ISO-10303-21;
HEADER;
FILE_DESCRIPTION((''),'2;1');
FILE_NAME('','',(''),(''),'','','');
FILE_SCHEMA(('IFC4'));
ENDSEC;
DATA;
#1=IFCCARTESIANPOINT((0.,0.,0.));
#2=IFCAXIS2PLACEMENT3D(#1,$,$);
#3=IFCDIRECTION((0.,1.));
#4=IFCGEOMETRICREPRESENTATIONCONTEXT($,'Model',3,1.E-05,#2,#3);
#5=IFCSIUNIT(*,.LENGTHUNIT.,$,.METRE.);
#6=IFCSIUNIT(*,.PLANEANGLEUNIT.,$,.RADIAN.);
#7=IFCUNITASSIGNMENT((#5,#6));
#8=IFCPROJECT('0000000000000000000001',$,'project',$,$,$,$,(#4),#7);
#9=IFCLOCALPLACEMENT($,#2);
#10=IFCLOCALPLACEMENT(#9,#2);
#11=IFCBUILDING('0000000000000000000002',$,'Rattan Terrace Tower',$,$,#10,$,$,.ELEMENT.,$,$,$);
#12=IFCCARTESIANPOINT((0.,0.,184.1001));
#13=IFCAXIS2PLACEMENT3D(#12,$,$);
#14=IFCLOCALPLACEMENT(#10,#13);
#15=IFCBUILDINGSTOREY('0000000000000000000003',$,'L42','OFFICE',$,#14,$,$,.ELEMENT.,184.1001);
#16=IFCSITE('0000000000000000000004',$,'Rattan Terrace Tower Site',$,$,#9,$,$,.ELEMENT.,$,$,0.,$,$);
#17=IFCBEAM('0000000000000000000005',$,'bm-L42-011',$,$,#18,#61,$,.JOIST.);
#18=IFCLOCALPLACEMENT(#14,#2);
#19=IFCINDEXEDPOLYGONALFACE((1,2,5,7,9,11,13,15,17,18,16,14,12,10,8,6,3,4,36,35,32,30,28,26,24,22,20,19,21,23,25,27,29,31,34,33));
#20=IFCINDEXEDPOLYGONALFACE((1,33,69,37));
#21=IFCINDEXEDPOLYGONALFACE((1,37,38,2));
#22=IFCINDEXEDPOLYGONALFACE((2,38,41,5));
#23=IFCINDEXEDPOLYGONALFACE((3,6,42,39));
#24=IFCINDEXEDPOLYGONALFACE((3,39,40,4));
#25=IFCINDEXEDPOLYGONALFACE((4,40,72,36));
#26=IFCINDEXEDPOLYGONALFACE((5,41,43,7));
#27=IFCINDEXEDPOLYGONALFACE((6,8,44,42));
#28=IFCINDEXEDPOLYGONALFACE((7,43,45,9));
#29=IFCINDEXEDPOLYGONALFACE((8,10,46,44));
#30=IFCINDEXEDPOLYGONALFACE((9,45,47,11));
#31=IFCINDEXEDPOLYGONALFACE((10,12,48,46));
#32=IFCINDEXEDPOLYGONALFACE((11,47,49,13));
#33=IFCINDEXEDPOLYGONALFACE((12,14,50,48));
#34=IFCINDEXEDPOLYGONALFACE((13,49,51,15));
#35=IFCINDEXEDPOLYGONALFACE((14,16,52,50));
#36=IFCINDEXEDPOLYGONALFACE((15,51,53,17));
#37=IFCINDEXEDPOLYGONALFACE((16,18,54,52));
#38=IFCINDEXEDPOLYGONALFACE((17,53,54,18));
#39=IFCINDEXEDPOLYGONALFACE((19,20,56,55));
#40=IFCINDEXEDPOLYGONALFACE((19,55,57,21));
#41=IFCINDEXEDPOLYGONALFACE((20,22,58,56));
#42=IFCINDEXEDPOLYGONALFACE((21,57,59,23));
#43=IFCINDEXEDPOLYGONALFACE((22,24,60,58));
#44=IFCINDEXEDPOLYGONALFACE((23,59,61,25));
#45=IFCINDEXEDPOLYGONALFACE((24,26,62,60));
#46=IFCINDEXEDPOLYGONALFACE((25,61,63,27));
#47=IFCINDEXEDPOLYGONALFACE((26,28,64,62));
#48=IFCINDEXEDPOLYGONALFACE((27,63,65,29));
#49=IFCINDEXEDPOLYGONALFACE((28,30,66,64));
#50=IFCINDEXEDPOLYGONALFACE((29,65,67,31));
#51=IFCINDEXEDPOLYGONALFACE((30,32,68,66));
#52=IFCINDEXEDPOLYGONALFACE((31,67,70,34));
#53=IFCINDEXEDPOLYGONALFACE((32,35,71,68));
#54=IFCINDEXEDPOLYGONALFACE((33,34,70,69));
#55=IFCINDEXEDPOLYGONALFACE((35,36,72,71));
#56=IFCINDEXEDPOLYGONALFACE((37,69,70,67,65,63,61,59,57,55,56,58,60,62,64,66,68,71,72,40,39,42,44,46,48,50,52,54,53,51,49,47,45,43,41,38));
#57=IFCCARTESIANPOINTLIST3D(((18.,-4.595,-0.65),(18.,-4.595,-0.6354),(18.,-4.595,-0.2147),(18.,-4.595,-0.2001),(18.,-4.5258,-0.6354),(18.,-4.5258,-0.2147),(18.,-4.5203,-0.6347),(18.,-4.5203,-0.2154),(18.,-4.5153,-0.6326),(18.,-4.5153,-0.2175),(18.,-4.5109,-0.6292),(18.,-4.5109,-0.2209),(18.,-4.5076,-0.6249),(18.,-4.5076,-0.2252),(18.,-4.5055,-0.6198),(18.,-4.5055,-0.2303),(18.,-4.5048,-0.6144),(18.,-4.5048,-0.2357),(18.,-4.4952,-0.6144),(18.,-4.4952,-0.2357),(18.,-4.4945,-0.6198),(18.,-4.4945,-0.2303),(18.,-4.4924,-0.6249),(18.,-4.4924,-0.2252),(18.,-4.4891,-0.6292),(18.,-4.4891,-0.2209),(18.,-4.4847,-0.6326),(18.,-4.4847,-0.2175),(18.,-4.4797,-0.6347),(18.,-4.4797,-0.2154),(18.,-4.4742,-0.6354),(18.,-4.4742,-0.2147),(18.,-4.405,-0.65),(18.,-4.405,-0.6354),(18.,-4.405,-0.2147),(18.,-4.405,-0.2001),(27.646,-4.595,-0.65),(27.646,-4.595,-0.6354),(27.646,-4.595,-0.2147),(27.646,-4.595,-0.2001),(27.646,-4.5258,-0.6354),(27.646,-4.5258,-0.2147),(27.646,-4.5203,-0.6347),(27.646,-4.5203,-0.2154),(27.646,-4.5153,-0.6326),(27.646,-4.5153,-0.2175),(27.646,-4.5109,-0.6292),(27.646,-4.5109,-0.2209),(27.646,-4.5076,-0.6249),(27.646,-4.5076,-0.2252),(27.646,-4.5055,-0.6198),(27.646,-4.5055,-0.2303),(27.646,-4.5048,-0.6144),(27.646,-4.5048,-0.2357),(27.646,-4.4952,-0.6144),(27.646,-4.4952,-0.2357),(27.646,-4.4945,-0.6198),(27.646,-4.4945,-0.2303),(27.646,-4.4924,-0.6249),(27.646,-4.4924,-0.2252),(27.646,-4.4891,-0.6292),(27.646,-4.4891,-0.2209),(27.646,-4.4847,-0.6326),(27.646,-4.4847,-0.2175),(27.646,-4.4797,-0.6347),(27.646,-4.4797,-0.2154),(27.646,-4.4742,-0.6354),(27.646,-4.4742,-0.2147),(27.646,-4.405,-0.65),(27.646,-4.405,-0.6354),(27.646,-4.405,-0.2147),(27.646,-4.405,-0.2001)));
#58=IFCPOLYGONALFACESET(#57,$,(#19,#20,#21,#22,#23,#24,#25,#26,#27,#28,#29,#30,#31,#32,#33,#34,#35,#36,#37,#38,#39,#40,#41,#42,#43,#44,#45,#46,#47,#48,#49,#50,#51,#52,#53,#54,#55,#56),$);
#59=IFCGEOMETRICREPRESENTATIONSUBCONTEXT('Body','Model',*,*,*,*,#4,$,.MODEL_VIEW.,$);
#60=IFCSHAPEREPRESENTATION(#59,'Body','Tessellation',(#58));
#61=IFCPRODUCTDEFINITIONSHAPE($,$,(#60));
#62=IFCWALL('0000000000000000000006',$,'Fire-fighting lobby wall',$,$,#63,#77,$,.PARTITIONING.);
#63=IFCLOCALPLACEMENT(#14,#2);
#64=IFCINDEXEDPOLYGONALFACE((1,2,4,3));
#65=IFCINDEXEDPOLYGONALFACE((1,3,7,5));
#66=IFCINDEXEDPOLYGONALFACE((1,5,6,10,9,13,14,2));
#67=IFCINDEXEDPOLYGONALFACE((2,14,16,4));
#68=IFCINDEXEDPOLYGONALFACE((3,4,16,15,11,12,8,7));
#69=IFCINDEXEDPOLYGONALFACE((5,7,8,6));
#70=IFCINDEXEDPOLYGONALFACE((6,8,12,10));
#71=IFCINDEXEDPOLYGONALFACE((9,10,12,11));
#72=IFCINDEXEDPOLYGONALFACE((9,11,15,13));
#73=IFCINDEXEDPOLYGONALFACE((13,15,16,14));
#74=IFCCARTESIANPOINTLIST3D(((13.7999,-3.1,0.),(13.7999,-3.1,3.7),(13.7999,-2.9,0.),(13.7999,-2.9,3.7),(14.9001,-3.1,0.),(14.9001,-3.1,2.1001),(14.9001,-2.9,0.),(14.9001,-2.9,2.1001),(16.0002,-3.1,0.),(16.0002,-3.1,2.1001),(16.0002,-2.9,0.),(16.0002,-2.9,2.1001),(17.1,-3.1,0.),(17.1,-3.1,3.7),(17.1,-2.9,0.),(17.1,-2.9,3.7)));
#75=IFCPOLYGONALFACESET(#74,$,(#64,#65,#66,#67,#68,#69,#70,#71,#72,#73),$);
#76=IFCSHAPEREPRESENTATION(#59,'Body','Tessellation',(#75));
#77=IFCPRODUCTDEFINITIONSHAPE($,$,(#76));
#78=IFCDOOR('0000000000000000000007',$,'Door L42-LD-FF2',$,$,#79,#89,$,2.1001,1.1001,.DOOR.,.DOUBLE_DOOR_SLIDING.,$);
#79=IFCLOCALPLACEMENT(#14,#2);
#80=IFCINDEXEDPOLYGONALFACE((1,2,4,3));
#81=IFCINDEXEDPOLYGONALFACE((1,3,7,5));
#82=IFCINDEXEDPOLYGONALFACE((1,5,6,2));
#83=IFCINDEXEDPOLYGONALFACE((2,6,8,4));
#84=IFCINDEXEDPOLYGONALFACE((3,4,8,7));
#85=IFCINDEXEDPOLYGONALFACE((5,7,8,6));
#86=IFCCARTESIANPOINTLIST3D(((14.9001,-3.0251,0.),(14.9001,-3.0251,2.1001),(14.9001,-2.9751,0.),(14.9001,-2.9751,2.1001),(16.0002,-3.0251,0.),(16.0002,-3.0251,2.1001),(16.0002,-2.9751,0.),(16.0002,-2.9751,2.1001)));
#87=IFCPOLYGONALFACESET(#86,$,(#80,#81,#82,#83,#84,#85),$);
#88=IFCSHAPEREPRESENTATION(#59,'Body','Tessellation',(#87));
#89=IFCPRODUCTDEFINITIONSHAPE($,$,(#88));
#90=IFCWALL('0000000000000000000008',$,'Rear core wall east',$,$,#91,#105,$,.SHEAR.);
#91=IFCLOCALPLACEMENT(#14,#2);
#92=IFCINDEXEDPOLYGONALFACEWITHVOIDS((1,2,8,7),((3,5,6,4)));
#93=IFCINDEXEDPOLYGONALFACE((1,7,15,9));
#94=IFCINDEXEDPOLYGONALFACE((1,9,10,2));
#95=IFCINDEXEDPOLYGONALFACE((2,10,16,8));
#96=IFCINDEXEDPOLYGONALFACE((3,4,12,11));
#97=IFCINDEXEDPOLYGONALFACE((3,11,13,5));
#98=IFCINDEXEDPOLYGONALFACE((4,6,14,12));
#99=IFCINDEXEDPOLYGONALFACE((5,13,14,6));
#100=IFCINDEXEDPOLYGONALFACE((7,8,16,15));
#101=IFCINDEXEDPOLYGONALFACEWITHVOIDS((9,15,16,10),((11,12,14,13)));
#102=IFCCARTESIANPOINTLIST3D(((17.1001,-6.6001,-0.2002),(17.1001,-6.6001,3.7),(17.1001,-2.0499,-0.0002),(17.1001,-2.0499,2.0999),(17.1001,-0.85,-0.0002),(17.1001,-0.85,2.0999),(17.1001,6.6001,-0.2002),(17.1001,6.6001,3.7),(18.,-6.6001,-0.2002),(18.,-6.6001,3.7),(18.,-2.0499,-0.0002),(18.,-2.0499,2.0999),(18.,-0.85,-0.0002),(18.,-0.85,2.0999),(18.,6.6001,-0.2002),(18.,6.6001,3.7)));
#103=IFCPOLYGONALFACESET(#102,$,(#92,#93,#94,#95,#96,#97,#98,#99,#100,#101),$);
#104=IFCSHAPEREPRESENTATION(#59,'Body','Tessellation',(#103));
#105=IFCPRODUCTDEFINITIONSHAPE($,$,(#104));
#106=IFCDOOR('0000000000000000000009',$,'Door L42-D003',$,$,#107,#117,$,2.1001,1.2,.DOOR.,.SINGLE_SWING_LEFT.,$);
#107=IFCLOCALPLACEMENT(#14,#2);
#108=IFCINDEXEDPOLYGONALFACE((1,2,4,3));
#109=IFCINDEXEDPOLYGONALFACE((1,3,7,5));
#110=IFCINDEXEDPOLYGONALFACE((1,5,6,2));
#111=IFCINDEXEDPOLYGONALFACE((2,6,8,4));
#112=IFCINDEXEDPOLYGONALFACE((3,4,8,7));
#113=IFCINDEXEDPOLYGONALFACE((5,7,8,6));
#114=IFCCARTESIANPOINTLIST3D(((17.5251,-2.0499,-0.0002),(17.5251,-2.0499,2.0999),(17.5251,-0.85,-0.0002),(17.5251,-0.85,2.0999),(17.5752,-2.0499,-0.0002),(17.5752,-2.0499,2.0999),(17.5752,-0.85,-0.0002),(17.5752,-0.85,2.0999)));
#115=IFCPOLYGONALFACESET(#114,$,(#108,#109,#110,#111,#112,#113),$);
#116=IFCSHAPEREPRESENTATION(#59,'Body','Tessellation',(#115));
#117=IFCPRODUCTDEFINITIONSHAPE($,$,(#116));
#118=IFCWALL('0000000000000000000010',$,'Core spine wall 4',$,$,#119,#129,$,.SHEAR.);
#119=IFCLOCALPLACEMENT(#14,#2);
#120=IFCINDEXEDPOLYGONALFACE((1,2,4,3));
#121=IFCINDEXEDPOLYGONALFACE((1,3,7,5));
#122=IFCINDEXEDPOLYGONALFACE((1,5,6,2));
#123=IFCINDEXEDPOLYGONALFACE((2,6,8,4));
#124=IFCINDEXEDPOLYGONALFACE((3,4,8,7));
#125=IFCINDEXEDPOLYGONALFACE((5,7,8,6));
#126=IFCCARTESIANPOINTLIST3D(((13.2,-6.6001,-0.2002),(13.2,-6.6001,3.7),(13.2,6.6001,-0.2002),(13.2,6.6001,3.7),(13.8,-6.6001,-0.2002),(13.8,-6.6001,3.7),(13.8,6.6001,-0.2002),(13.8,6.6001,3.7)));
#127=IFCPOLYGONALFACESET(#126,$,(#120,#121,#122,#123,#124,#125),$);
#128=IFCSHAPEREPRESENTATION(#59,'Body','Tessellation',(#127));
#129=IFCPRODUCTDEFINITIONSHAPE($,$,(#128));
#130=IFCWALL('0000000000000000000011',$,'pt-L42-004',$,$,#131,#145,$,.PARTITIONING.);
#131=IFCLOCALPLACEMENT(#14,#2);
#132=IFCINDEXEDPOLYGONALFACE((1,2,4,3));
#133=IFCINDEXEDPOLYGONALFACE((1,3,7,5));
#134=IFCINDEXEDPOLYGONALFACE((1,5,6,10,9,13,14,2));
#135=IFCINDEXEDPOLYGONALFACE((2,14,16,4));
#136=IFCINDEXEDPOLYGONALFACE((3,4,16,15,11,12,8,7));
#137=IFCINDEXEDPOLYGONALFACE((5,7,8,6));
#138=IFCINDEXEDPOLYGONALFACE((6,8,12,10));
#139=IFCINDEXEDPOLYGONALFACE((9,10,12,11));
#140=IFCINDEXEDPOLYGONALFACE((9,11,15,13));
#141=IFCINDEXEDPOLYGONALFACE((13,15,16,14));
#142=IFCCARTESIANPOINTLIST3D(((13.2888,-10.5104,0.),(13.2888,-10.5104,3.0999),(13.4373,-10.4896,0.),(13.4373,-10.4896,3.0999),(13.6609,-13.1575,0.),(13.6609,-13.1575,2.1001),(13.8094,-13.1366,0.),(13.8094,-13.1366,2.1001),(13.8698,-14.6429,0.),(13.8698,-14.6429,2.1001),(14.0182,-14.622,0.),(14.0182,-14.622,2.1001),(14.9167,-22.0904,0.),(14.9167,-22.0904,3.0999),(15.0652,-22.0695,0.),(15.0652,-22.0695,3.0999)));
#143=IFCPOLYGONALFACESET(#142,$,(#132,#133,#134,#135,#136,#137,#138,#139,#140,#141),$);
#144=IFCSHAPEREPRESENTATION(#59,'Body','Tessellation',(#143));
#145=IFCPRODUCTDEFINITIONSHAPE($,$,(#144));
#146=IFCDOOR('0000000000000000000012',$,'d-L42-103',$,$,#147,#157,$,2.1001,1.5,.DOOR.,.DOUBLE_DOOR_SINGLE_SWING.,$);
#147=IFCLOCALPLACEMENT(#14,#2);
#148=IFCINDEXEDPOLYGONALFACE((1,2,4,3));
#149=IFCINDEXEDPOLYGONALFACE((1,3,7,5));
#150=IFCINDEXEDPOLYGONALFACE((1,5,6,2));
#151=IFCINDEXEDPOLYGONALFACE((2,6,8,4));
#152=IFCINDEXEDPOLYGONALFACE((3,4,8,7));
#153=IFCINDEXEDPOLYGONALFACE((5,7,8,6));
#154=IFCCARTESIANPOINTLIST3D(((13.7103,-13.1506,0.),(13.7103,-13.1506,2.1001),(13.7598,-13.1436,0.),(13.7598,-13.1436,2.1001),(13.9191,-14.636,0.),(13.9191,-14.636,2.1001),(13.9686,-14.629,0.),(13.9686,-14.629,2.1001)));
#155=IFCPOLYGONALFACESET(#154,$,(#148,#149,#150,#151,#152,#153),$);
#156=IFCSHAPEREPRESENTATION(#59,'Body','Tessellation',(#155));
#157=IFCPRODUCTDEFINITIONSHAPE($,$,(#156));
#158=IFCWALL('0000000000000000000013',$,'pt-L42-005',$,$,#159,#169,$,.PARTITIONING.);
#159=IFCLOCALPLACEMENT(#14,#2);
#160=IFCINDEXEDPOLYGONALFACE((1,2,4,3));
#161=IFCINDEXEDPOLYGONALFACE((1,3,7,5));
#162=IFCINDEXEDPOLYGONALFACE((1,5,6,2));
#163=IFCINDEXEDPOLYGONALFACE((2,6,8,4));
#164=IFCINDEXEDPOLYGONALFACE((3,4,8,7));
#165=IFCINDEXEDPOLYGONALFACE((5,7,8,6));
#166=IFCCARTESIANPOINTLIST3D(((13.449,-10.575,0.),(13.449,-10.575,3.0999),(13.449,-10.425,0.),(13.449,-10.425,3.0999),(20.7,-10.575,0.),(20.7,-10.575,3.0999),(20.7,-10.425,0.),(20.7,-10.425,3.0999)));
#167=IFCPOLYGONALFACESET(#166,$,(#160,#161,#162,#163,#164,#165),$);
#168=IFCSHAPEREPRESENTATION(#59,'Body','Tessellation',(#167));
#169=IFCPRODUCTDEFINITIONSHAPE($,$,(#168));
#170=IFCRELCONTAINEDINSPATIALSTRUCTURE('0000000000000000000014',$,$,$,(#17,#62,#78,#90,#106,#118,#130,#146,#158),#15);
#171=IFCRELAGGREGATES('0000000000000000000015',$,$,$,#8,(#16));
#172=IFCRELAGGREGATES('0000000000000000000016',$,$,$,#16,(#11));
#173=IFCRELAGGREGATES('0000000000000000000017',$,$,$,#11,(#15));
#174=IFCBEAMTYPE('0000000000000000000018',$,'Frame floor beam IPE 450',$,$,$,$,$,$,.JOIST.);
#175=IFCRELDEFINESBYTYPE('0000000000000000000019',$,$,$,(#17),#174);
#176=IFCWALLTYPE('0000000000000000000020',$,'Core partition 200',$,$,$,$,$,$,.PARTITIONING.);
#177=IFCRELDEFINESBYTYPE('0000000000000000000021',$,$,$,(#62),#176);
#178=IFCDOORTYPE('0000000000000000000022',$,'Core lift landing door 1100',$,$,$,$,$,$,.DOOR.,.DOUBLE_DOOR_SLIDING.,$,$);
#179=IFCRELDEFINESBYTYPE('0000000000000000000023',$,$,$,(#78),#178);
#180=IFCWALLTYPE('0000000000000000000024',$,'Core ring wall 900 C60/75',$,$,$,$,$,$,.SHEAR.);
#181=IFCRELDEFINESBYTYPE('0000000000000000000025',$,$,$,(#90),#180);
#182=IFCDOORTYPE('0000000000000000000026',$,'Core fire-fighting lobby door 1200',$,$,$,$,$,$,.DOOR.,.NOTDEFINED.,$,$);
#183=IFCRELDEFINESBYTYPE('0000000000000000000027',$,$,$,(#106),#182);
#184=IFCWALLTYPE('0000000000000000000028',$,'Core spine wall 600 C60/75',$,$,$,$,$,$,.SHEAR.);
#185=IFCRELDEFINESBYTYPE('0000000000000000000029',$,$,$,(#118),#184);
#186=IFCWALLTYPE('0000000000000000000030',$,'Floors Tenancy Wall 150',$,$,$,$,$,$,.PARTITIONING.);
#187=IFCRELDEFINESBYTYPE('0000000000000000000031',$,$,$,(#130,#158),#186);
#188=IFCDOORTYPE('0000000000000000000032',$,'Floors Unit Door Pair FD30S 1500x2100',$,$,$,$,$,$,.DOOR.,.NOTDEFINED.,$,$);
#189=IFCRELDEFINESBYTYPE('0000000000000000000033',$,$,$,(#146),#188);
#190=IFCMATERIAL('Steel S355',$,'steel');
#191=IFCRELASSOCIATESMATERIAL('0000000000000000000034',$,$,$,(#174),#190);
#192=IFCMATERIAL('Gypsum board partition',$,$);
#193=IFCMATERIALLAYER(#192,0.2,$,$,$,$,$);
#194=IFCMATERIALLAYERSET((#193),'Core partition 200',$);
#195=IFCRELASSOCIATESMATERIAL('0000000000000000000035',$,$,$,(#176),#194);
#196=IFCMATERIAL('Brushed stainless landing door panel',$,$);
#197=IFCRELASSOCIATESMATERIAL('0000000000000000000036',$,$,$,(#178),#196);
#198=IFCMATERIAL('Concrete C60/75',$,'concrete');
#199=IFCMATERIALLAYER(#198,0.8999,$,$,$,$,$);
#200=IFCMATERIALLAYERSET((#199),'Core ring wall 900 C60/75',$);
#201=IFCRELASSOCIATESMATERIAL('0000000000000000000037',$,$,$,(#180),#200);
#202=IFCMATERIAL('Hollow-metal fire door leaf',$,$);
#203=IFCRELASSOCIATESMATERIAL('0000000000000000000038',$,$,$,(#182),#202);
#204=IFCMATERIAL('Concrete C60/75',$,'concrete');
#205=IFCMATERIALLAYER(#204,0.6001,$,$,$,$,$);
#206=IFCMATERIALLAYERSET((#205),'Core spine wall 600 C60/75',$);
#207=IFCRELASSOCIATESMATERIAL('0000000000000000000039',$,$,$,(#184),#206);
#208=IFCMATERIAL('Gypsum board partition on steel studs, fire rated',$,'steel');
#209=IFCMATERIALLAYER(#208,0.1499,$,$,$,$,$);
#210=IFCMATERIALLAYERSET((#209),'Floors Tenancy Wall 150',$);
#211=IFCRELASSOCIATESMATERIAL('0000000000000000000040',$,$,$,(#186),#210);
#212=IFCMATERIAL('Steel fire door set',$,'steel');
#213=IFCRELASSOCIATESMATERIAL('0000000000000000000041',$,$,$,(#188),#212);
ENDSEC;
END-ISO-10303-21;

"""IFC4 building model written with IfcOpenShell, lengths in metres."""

from ifc_helpers import new_model, si_unit, direction, frame, frame_2d, origin, origin_2d, place, context, subcontext, project, spatial, rectangle, i_section, extrude, material, layer, layer_set, material_profile, profile_set, type_object, element, fill, save


model = new_model("IFC4")

# Units and contexts
model_context = context("Model", 3, precision=1e-05, world=origin(), true_north=direction((0.0, 1.0)))
body_context = subcontext(model_context, "Body", "Model", "MODEL_VIEW")
ifc_project = project(units=[si_unit("LENGTHUNIT", "METRE"), si_unit("PLANEANGLEUNIT", "RADIAN")], contexts=[model_context])

# Site, building, storey
site_placement = place(None, origin())
site = spatial("IfcSite", under=ifc_project, at=site_placement, Name="Rattan Terrace Tower Site", CompositionType="ELEMENT", RefElevation=0.0)
building_placement = place(site_placement, origin())
building = spatial("IfcBuilding", under=site, at=building_placement, Name="Rattan Terrace Tower", CompositionType="ELEMENT")
storey_placement = place(building_placement, frame((0.0, 0.0, 184.1001)))
storey = spatial("IfcBuildingStorey", under=building, at=storey_placement, Name="L42", Description="OFFICE", CompositionType="ELEMENT", Elevation=184.1001)

# Beam
ifc_material_1 = material(Name="Steel S355", Category="steel")
ifc_material_profile = material_profile(ifc_material_1, i_section(OverallWidth=0.1899, OverallDepth=0.45, WebThickness=0.0095, FlangeThickness=0.0146, FilletRadius=0.021, at=origin_2d()), Name="IPE 450")
ifc_profile_set = profile_set([ifc_material_profile], Name="Steel S355")
beam_type = type_object("IfcBeamType", Name="Frame floor beam IPE 450", PredefinedType="JOIST", material=ifc_profile_set)
beam_placement = place(storey_placement, frame((18.0, -4.5, -0.425), z_axis=(1.0, 0.0, 0.0), x_axis=(0.0, 1.0, 0.0)))
element("IfcBeam", 1, at=beam_placement, inside=storey, type_object=beam_type, Name="bm-L42-011", PredefinedType="JOIST", context=body_context, shape_type="SweptSolid", body=[
    extrude(i_section(OverallWidth=0.1899, OverallDepth=0.45, WebThickness=0.0095, FlangeThickness=0.0146, FilletRadius=0.021, at=origin_2d()), origin(), (0.0, 0.0, 1.0), 9.646),
])

# Walls, openings, doors
ifc_material_2 = material(Name="Gypsum board partition")
ifc_layer_1 = layer(ifc_material_2, 0.2)
ifc_layer_set_1 = layer_set([ifc_layer_1], Name="Core partition 200")
wall_type_1 = type_object("IfcWallType", Name="Core partition 200", PredefinedType="PARTITIONING", material=ifc_layer_set_1)
wall_1_placement = place(storey_placement, frame((13.8, -3.0, 0.0), z_axis=(0.0, 0.0, 1.0), x_axis=(1.0, 0.0, 0.0)))
wall_1 = element("IfcWall", 2, at=wall_1_placement, inside=storey, type_object=wall_type_1, Name="Fire-fighting lobby wall", PredefinedType="PARTITIONING", context=body_context, shape_type="SweptSolid", body=[
    extrude(rectangle(XDim=3.3, YDim=0.2, at=frame_2d((1.6499, 0.0))), origin(), (0.0, 0.0, 1.0), 3.7),
])
opening_1_placement = place(wall_1_placement, frame((1.1001, 0.0, 0.0)))
opening_1 = element("IfcOpeningElement", 3, at=opening_1_placement, cuts=wall_1, PredefinedType="OPENING", context=body_context, shape_type="SweptSolid", body=[
    extrude(rectangle(XDim=1.1001, YDim=2.1001, at=frame_2d((0.55, 1.05))), frame((0.0, 0.1106, 0.0), z_axis=(0.0, -1.0, 0.0), x_axis=(1.0, 0.0, 0.0)), (0.0, 0.0, 1.0), 0.2209),
])
ifc_material_3 = material(Name="Brushed stainless landing door panel")
door_type_1 = type_object("IfcDoorType", Name="Core lift landing door 1100", OperationType="DOUBLE_DOOR_SLIDING", PredefinedType="DOOR", material=ifc_material_3)
door_1_placement = place(opening_1_placement, origin())
door_1 = element("IfcDoor", 4, at=door_1_placement, inside=storey, type_object=door_type_1, Name="Door L42-LD-FF2", OperationType="DOUBLE_DOOR_SLIDING", OverallHeight=2.1001, OverallWidth=1.1001, PredefinedType="DOOR", context=body_context, shape_type="SweptSolid", body=[
    extrude(rectangle(XDim=1.1001, YDim=2.1001, at=frame_2d((0.55, 1.05))), frame((0.0, 0.0249, 0.0), z_axis=(0.0, -1.0, 0.0), x_axis=(1.0, 0.0, 0.0)), (0.0, 0.0, 1.0), 0.05),
])
fill(opening_1, door_1)
ifc_material_4 = material(Name="Concrete C60/75", Category="concrete")
ifc_layer_2 = layer(ifc_material_4, 0.8999)
ifc_layer_set_2 = layer_set([ifc_layer_2], Name="Core ring wall 900 C60/75")
wall_type_2 = type_object("IfcWallType", Name="Core ring wall 900 C60/75", PredefinedType="SHEAR", material=ifc_layer_set_2)
wall_2_placement = place(storey_placement, frame((17.55, -6.6001, -0.2002), z_axis=(0.0, 0.0, 1.0), x_axis=(0.0, 1.0, 0.0)))
wall_2 = element("IfcWall", 5, at=wall_2_placement, inside=storey, type_object=wall_type_2, Name="Rear core wall east", PredefinedType="SHEAR", context=body_context, shape_type="SweptSolid", body=[
    extrude(rectangle(XDim=13.2002, YDim=0.8999, at=frame_2d((6.6001, 0.0))), origin(), (0.0, 0.0, 1.0), 3.9001),
])
opening_2_placement = place(wall_2_placement, frame((4.55, 0.0, 0.2)))
opening_2 = element("IfcOpeningElement", 6, at=opening_2_placement, cuts=wall_2, PredefinedType="OPENING", context=body_context, shape_type="SweptSolid", body=[
    extrude(rectangle(XDim=1.2, YDim=2.1001, at=frame_2d((0.6001, 1.05))), frame((0.0, 0.4604, 0.0), z_axis=(0.0, -1.0, 0.0), x_axis=(1.0, 0.0, 0.0)), (0.0, 0.0, 1.0), 0.9209),
])
ifc_material_5 = material(Name="Hollow-metal fire door leaf")
door_type_2 = type_object("IfcDoorType", Name="Core fire-fighting lobby door 1200", OperationType="NOTDEFINED", PredefinedType="DOOR", material=ifc_material_5)
door_2_placement = place(opening_2_placement, origin())
door_2 = element("IfcDoor", 7, at=door_2_placement, inside=storey, type_object=door_type_2, Name="Door L42-D003", OperationType="SINGLE_SWING_LEFT", OverallHeight=2.1001, OverallWidth=1.2, PredefinedType="DOOR", context=body_context, shape_type="SweptSolid", body=[
    extrude(rectangle(XDim=1.2, YDim=2.1001, at=frame_2d((0.6001, 1.05))), frame((0.0, 0.0249, 0.0), z_axis=(0.0, -1.0, 0.0), x_axis=(1.0, 0.0, 0.0)), (0.0, 0.0, 1.0), 0.05),
])
fill(opening_2, door_2)

# Wall
ifc_material_6 = material(Name="Concrete C60/75", Category="concrete")
ifc_layer_3 = layer(ifc_material_6, 0.6001)
ifc_layer_set_3 = layer_set([ifc_layer_3], Name="Core spine wall 600 C60/75")
wall_type_3 = type_object("IfcWallType", Name="Core spine wall 600 C60/75", PredefinedType="SHEAR", material=ifc_layer_set_3)
wall_3_placement = place(storey_placement, frame((13.5, -6.6001, -0.2002), z_axis=(0.0, 0.0, 1.0), x_axis=(0.0, 1.0, 0.0)))
element("IfcWall", 8, at=wall_3_placement, inside=storey, type_object=wall_type_3, Name="Core spine wall 4", PredefinedType="SHEAR", context=body_context, shape_type="SweptSolid", body=[
    extrude(rectangle(XDim=13.2002, YDim=0.6001, at=frame_2d((6.6001, 0.0))), origin(), (0.0, 0.0, 1.0), 3.9001),
])

# Wall, opening, door
ifc_material_7 = material(Name="Gypsum board partition on steel studs, fire rated", Category="steel")
ifc_layer_4 = layer(ifc_material_7, 0.1499)
ifc_layer_set_4 = layer_set([ifc_layer_4], Name="Floors Tenancy Wall 150")
wall_type_4 = type_object("IfcWallType", Name="Floors Tenancy Wall 150", PredefinedType="PARTITIONING", material=ifc_layer_set_4)
wall_4_placement = place(storey_placement, frame((13.363, -10.5, 0.0), z_axis=(0.0, 0.0, 1.0), x_axis=(0.139211, -0.990263, 0.0)))
wall_4 = element("IfcWall", 9, at=wall_4_placement, inside=storey, type_object=wall_type_4, Name="pt-L42-004", PredefinedType="PARTITIONING", context=body_context, shape_type="SweptSolid", body=[
    extrude(rectangle(XDim=11.6938, YDim=0.1499, at=frame_2d((5.8469, 0.0))), origin(), (0.0, 0.0, 1.0), 3.0999),
])
opening_3_placement = place(wall_4_placement, frame((2.6731, 0.0, 0.0)))
opening_3 = element("IfcOpeningElement", 10, at=opening_3_placement, cuts=wall_4, PredefinedType="OPENING", context=body_context, shape_type="SweptSolid", body=[
    extrude(rectangle(XDim=1.5, YDim=2.1001, at=frame_2d((0.75, 1.05))), frame((0.0, 0.0854, 0.0), z_axis=(0.0, -1.0, 0.0), x_axis=(1.0, 0.0, 0.0)), (0.0, 0.0, 1.0), 0.1709),
])
ifc_material_8 = material(Name="Steel fire door set", Category="steel")
door_type_3 = type_object("IfcDoorType", Name="Floors Unit Door Pair FD30S 1500x2100", OperationType="NOTDEFINED", PredefinedType="DOOR", material=ifc_material_8)
door_3_placement = place(opening_3_placement, origin())
door_3 = element("IfcDoor", 11, at=door_3_placement, inside=storey, type_object=door_type_3, Name="d-L42-103", OperationType="DOUBLE_DOOR_SINGLE_SWING", OverallHeight=2.1001, OverallWidth=1.5, PredefinedType="DOOR", context=body_context, shape_type="SweptSolid", body=[
    extrude(rectangle(XDim=1.5, YDim=2.1001, at=frame_2d((0.75, 1.05))), frame((0.0, 0.0249, 0.0), z_axis=(0.0, -1.0, 0.0), x_axis=(1.0, 0.0, 0.0)), (0.0, 0.0, 1.0), 0.05),
])
fill(opening_3, door_3)

# Wall
wall_5_placement = place(storey_placement, frame((20.7, -10.5, 0.0), z_axis=(0.0, 0.0, 1.0), x_axis=(-1.0, 0.0, 0.0)))
element("IfcWall", 12, at=wall_5_placement, inside=storey, type_object=wall_type_4, Name="pt-L42-005", PredefinedType="PARTITIONING", context=body_context, shape_type="SweptSolid", body=[
    extrude(rectangle(XDim=7.251, YDim=0.1499, at=frame_2d((3.6255, 0.0))), origin(), (0.0, 0.0, 1.0), 3.0999),
])

save(model, "model.ifc")
